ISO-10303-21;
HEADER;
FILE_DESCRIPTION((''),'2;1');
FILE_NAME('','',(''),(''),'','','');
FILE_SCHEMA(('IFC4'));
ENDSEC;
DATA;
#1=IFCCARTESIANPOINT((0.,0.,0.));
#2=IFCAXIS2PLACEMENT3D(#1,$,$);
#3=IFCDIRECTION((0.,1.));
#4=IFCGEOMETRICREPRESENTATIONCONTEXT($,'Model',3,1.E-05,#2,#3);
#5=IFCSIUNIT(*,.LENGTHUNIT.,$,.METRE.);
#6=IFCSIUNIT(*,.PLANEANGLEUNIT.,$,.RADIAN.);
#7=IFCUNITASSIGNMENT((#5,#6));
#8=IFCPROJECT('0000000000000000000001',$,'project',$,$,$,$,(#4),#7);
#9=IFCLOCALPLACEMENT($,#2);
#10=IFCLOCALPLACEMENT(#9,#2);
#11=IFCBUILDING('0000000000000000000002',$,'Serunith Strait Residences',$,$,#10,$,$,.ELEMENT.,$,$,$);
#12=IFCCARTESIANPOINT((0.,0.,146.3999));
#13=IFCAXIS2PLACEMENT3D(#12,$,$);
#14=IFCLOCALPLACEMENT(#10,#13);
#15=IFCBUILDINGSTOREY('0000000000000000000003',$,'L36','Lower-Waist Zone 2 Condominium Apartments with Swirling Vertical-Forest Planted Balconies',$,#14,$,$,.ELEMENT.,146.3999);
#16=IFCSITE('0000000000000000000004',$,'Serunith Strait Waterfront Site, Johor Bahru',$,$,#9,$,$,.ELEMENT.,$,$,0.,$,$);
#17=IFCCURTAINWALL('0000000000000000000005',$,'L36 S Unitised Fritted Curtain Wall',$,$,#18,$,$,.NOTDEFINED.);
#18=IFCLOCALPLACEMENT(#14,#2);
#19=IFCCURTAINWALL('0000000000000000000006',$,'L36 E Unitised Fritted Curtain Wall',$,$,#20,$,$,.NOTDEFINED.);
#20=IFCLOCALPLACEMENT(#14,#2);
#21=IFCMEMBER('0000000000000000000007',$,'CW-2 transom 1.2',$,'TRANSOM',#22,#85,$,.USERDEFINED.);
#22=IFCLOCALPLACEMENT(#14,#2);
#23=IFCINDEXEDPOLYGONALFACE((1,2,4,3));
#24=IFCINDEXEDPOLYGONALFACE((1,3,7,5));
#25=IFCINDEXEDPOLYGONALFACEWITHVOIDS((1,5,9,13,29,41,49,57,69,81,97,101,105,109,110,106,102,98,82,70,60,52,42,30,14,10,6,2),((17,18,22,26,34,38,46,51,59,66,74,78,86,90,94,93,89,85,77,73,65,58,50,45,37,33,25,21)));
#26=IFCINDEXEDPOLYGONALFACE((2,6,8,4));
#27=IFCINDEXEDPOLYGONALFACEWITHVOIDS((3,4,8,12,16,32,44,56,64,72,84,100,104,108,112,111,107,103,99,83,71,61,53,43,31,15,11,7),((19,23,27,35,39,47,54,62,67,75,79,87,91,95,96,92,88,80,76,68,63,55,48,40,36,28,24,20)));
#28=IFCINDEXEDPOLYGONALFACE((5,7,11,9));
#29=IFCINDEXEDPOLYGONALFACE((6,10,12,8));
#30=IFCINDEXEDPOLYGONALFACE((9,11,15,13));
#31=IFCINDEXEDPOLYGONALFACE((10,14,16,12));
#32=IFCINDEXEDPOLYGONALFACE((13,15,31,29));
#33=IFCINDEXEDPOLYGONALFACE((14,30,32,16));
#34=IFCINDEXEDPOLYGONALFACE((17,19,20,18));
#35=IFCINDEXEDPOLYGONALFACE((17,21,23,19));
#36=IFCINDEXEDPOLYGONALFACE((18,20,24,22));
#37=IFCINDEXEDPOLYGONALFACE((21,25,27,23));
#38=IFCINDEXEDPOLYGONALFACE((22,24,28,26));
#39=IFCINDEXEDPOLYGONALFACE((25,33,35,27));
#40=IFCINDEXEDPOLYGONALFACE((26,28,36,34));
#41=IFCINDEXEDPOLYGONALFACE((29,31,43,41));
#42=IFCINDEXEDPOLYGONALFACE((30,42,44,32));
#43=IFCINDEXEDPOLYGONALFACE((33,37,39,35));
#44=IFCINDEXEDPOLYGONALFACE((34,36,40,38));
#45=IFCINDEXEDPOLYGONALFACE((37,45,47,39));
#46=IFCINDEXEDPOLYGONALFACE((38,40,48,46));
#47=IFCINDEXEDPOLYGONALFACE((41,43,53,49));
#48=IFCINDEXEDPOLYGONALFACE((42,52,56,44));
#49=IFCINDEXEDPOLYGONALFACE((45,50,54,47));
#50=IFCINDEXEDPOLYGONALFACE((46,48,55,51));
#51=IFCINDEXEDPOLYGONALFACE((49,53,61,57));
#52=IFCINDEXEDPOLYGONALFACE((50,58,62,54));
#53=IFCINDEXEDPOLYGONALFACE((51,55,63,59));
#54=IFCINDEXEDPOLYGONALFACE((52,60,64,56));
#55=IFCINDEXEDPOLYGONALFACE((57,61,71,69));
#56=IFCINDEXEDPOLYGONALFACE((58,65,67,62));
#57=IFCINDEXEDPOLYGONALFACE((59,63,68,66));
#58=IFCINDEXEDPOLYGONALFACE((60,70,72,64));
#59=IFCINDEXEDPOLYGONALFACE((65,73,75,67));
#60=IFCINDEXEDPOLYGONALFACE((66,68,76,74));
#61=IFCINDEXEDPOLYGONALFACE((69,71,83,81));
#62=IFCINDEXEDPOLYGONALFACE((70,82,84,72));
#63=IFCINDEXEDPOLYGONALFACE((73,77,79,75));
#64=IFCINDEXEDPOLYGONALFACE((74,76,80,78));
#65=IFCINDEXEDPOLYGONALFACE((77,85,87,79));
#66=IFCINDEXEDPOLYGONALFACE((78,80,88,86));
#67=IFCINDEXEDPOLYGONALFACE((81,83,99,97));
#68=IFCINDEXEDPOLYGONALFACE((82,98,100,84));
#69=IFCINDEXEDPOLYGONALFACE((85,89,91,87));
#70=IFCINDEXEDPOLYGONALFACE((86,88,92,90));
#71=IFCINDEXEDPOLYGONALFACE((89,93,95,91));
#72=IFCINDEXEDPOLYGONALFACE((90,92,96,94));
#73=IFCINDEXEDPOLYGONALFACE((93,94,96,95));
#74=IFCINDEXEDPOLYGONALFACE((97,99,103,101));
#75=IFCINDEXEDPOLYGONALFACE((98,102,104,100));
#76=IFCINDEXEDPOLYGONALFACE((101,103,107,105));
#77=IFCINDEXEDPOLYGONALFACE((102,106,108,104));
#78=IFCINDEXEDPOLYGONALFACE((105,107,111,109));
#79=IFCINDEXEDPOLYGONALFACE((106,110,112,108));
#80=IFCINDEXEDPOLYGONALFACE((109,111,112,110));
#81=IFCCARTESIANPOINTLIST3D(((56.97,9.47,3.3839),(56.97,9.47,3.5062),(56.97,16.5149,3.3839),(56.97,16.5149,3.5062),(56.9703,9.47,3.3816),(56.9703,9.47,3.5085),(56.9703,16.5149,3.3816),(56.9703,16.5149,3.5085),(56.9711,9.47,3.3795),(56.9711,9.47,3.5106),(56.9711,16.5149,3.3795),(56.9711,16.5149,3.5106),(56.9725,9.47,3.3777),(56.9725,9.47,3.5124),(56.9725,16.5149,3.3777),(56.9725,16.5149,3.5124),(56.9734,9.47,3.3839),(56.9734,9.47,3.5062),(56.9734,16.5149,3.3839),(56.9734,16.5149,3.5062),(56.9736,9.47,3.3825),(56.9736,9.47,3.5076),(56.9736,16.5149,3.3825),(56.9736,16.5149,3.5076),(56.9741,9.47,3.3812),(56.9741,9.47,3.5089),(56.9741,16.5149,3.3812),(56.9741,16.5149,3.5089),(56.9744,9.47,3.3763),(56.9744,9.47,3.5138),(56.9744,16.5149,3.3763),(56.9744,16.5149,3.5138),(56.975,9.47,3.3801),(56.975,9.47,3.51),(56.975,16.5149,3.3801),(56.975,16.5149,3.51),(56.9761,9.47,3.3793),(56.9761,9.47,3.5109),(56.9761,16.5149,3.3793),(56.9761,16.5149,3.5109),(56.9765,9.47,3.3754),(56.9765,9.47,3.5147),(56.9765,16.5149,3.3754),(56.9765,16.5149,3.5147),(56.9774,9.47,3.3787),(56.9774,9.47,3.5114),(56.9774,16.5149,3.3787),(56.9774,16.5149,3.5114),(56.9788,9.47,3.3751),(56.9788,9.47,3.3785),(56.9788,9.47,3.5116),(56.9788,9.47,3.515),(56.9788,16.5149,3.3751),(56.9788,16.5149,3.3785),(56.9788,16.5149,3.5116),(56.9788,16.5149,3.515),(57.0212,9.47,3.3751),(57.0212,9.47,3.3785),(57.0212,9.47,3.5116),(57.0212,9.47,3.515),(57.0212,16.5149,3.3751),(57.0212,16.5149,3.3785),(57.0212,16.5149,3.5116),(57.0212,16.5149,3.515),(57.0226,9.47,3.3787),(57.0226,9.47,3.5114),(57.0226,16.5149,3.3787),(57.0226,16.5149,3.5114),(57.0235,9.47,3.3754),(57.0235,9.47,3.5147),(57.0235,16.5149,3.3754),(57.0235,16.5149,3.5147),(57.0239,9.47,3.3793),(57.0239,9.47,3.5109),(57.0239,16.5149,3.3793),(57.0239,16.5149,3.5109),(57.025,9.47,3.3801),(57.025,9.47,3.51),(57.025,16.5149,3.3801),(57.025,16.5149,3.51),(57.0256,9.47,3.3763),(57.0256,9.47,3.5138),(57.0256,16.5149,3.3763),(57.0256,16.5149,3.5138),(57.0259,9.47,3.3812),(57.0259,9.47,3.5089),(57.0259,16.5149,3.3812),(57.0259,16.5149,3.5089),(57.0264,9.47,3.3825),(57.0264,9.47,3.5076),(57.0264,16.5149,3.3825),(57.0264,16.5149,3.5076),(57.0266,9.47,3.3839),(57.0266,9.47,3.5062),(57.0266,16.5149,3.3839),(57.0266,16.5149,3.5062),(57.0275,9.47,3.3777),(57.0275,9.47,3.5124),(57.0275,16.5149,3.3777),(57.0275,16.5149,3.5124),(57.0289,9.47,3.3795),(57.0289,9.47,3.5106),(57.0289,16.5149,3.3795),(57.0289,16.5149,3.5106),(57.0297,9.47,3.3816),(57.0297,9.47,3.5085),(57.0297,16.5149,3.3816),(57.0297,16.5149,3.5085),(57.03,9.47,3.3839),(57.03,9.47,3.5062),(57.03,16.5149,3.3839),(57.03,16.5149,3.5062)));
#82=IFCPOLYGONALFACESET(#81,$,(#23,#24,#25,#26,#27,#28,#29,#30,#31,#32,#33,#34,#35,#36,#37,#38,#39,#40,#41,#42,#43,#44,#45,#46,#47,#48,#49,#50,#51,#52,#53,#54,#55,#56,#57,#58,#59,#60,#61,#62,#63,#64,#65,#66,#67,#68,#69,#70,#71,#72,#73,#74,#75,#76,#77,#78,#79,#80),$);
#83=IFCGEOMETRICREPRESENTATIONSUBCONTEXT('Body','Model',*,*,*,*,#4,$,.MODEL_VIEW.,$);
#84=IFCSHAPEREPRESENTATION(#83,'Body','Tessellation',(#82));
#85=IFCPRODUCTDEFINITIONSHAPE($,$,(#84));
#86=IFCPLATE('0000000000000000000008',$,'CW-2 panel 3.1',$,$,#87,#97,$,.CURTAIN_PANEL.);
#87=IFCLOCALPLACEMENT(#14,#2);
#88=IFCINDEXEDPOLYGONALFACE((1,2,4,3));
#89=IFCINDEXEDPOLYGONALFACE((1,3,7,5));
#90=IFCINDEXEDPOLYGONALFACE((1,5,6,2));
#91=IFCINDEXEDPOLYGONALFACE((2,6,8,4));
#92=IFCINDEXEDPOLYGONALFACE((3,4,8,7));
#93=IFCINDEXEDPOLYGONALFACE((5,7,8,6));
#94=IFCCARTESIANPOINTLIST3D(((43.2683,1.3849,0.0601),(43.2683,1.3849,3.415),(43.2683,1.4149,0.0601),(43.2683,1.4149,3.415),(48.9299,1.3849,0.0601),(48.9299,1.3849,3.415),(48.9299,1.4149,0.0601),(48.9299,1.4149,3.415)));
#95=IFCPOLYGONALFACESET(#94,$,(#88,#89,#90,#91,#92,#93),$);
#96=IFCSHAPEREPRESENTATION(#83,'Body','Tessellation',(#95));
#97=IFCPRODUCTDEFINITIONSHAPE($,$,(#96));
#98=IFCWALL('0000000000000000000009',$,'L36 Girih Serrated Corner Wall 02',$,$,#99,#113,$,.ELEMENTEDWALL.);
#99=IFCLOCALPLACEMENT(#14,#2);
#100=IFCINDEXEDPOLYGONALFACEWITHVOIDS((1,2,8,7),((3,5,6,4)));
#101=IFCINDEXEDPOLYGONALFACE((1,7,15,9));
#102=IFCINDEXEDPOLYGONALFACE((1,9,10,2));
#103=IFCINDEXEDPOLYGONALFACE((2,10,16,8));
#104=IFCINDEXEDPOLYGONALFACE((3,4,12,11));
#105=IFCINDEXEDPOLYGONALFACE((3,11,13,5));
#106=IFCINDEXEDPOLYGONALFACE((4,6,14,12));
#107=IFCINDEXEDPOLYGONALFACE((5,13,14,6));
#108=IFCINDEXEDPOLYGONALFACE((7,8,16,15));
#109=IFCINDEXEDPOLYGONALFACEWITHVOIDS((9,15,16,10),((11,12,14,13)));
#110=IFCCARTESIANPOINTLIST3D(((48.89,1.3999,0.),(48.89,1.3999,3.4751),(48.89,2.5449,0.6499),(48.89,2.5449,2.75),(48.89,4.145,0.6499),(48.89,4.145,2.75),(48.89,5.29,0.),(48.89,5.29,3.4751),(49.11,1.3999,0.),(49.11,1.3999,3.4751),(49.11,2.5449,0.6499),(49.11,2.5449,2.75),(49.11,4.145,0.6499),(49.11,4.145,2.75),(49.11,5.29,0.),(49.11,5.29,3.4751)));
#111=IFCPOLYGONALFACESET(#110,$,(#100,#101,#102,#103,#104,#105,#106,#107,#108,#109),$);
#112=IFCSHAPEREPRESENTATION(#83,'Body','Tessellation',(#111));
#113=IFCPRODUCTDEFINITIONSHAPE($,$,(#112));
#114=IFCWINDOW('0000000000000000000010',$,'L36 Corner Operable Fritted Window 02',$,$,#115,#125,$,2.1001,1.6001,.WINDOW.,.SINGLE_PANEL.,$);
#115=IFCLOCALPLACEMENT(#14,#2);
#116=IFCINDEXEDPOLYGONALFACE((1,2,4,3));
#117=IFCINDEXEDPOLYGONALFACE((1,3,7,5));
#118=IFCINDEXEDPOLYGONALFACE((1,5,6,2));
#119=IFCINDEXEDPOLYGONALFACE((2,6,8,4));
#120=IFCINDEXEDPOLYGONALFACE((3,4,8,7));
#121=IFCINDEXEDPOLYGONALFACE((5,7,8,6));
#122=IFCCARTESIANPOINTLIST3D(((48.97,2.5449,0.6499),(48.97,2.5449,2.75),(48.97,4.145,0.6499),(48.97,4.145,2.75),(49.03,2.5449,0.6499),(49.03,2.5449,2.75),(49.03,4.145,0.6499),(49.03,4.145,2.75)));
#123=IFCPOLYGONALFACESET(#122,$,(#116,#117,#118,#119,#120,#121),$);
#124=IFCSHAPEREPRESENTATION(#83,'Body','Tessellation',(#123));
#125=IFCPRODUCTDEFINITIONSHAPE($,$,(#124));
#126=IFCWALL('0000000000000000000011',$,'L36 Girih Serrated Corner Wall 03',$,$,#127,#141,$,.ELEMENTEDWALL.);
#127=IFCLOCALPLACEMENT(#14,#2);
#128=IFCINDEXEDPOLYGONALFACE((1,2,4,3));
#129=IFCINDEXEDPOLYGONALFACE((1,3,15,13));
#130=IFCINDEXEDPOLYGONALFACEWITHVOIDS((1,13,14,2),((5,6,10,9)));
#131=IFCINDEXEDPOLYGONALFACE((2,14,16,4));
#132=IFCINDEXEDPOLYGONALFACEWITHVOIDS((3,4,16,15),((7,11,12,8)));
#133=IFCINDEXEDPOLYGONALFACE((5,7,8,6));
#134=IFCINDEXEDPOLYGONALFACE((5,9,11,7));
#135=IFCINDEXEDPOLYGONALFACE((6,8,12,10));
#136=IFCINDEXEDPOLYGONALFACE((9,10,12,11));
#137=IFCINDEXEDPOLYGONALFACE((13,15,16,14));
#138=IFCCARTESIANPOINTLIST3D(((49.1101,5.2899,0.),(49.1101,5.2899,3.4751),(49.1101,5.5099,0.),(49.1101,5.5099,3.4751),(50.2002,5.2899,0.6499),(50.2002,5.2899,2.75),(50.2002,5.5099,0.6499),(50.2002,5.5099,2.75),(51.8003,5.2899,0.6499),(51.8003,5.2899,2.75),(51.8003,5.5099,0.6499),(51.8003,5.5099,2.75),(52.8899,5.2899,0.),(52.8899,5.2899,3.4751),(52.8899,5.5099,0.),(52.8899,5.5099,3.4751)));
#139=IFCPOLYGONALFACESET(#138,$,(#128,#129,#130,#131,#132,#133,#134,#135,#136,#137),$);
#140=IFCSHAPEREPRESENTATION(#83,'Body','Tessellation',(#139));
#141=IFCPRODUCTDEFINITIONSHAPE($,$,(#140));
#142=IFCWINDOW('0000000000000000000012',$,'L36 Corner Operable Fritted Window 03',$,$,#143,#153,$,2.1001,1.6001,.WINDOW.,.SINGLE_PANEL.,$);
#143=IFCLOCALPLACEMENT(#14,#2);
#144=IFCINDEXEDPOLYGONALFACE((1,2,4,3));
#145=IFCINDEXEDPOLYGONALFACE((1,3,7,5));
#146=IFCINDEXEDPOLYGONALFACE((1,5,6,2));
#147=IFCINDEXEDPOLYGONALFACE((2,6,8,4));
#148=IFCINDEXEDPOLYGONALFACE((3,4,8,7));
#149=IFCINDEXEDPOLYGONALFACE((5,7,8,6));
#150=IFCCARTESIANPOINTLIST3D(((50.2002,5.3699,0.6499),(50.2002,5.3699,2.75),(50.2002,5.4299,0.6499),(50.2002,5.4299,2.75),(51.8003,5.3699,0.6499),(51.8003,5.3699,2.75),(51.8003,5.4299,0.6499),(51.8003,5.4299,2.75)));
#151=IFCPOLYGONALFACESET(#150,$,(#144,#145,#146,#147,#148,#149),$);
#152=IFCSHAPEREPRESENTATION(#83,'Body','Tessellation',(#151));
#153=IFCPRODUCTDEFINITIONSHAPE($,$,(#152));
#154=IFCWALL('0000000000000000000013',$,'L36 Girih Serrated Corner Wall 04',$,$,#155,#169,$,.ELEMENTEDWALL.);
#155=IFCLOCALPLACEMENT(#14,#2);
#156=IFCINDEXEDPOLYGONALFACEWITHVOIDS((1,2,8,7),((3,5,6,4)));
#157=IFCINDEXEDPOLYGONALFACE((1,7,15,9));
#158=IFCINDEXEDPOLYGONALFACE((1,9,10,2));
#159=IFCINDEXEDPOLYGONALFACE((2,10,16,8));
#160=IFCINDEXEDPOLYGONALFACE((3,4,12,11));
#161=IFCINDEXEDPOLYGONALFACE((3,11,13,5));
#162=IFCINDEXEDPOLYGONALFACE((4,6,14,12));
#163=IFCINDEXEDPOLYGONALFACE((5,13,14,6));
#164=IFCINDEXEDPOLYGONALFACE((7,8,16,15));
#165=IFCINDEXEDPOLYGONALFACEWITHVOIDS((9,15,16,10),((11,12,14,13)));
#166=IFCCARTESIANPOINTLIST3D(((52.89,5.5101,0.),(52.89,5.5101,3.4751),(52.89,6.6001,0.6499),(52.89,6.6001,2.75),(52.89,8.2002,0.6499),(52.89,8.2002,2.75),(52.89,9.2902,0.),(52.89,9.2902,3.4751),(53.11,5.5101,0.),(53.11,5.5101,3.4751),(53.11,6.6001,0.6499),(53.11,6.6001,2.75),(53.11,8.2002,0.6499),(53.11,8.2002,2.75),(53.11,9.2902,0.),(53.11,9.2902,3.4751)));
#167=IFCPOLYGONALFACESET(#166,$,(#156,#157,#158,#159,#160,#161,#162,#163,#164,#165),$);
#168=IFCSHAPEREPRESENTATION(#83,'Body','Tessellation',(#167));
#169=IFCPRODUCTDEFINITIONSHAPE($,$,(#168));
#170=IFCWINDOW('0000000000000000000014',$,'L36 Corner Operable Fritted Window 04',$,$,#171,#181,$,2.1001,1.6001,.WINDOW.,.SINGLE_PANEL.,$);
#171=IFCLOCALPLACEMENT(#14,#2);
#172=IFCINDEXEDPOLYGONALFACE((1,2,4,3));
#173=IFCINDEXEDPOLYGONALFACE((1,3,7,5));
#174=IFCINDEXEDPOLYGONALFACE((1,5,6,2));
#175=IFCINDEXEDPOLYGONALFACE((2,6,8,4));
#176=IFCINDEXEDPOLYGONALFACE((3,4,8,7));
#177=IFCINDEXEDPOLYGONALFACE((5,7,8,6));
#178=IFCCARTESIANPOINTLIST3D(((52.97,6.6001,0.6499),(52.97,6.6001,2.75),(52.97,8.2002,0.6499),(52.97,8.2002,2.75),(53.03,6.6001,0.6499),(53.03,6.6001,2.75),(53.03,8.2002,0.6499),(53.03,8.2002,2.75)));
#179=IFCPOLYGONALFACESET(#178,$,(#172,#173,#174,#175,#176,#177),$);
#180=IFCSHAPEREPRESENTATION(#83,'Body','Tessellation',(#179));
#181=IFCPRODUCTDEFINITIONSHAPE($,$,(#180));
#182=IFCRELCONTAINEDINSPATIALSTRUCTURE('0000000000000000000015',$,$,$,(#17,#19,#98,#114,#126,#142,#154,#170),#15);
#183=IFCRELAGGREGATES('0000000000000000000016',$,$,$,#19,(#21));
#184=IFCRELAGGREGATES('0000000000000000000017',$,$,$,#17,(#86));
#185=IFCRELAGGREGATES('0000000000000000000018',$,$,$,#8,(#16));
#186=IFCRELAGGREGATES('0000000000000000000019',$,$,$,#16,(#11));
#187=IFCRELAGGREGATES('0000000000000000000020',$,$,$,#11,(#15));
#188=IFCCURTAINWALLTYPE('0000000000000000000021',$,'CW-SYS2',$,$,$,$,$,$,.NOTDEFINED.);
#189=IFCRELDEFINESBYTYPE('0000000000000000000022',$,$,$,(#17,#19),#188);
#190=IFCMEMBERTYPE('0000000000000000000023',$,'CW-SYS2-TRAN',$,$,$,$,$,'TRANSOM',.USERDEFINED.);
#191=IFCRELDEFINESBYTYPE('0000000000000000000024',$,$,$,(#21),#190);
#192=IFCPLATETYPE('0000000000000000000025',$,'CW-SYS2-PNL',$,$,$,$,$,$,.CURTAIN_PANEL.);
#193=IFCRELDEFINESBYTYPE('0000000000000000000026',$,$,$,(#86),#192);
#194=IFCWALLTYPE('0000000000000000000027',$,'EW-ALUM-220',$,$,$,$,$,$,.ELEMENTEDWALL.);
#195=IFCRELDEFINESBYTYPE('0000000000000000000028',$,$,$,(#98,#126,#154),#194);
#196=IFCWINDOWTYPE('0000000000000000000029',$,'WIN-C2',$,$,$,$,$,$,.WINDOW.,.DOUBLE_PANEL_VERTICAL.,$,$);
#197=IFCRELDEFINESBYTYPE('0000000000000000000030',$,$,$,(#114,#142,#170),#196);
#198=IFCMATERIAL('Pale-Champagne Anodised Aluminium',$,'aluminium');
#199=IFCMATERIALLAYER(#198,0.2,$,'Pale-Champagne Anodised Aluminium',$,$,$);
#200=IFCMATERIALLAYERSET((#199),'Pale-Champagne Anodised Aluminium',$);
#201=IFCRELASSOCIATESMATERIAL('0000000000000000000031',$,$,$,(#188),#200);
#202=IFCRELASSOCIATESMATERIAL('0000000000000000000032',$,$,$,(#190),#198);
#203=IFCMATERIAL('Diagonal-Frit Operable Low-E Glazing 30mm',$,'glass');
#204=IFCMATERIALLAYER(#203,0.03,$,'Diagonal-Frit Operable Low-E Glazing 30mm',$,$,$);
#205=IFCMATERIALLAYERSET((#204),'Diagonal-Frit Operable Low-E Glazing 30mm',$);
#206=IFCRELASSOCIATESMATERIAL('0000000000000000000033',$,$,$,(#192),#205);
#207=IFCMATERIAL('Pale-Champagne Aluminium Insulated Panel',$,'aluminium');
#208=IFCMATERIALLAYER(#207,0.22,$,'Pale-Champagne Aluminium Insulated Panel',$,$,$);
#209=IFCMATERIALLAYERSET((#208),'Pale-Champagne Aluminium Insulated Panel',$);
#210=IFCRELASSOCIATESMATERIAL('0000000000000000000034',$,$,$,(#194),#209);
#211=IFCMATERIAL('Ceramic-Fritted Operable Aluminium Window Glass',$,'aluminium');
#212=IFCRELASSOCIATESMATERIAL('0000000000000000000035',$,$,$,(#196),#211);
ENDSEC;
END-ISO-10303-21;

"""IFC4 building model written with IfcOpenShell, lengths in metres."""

from ifc_helpers import new_model, si_unit, direction, frame, frame_2d, origin, origin_2d, place, context, subcontext, project, spatial, rectangle, hollow_rectangle, extrude, source, transform, mapped, material, layer, layer_set, material_profile, profile_set, type_object, element, fill, aggregate, save


model = new_model("IFC4")

# Units and contexts
model_context = context("Model", 3, precision=1e-05, world=origin(), true_north=direction((0.0, 1.0)))
body_context = subcontext(model_context, "Body", "Model", "MODEL_VIEW")
ifc_project = project(units=[si_unit("LENGTHUNIT", "METRE"), si_unit("PLANEANGLEUNIT", "RADIAN")], contexts=[model_context])

# Site, building, storey
site_placement = place(None, origin())
site = spatial("IfcSite", under=ifc_project, at=site_placement, Name="Serunith Strait Waterfront Site, Johor Bahru", CompositionType="ELEMENT", RefElevation=0.0)
building_placement = place(site_placement, origin())
building = spatial("IfcBuilding", under=site, at=building_placement, Name="Serunith Strait Residences", CompositionType="ELEMENT")
storey_placement = place(building_placement, frame((0.0, 0.0, 146.3999)))
storey = spatial("IfcBuildingStorey", under=building, at=storey_placement, Name="L36", Description="Lower-Waist Zone 2 Condominium Apartments with Swirling Vertical-Forest Planted Balconies", CompositionType="ELEMENT", Elevation=146.3999)

# Curtain wall
ifc_material_1 = material(Name="Pale-Champagne Anodised Aluminium", Category="aluminium")
ifc_layer_1 = layer(ifc_material_1, 0.2, Name="Pale-Champagne Anodised Aluminium")
ifc_layer_set_1 = layer_set([ifc_layer_1], Name="Pale-Champagne Anodised Aluminium")
curtain_wall_type = type_object("IfcCurtainWallType", Name="CW-SYS2", PredefinedType="NOTDEFINED", material=ifc_layer_set_1)
curtain_wall_1_placement = place(storey_placement, origin())
curtain_wall_1 = element("IfcCurtainWall", 1, at=curtain_wall_1_placement, inside=storey, type_object=curtain_wall_type, Name="L36 S Unitised Fritted Curtain Wall", PredefinedType="NOTDEFINED")

# Curtain wall
curtain_wall_2_placement = place(storey_placement, origin())
curtain_wall_2 = element("IfcCurtainWall", 2, at=curtain_wall_2_placement, inside=storey, type_object=curtain_wall_type, Name="L36 E Unitised Fritted Curtain Wall", PredefinedType="NOTDEFINED")

# Member
ifc_material_profile_1 = material_profile(ifc_material_1, hollow_rectangle(XDim=0.0601, YDim=0.1399, WallThickness=0.0034, InnerFilletRadius=0.0054, OuterFilletRadius=0.0088, at=origin_2d()), Name="ALU 140x60x3.5")
ifc_profile_set_1 = profile_set([ifc_material_profile_1], Name="Pale-Champagne Anodised Aluminium")
member_type_1 = type_object("IfcMemberType", Name="CW-SYS2-TRAN", ElementType="TRANSOM", PredefinedType="USERDEFINED", material=ifc_profile_set_1)
shared_shape_1 = source(origin(), body_context, "Body", "SweptSolid", [
    extrude(hollow_rectangle(XDim=0.0601, YDim=0.1399, WallThickness=0.0034, InnerFilletRadius=0.0054, OuterFilletRadius=0.0088, at=origin_2d()), origin(), (0.0, 0.0, 1.0), 7.0449),
])
member_1_placement = place(storey_placement, frame((57.0, 9.47, 3.4451), z_axis=(0.0, 1.0, 0.0), x_axis=(-1.0, 0.0, 0.0)))
member_1 = element("IfcMember", 3, at=member_1_placement, type_object=member_type_1, Name="CW-2 transom 1.2", ObjectType="TRANSOM", PredefinedType="USERDEFINED", context=body_context, shape_type="MappedRepresentation", body=[
    mapped(shared_shape_1, transform((0.0, 0.0, 0.0), scale=1.0)),
])
aggregate(curtain_wall_2, [member_1])

# Plate
ifc_material_2 = material(Name="Diagonal-Frit Operable Low-E Glazing 30mm", Category="glass")
ifc_layer_2 = layer(ifc_material_2, 0.03, Name="Diagonal-Frit Operable Low-E Glazing 30mm")
ifc_layer_set_2 = layer_set([ifc_layer_2], Name="Diagonal-Frit Operable Low-E Glazing 30mm")
plate_type = type_object("IfcPlateType", Name="CW-SYS2-PNL", PredefinedType="CURTAIN_PANEL", material=ifc_layer_set_2)
shared_shape_2 = source(origin(), body_context, "Body", "SweptSolid", [
    extrude(rectangle(XDim=5.6616, YDim=0.03, at=origin_2d()), origin(), (0.0, 0.0, 1.0), 3.355),
])
plate_placement = place(storey_placement, frame((46.0991, 1.3999, 0.0601), z_axis=(0.0, 0.0, 1.0), x_axis=(1.0, 0.0, 0.0)))
plate = element("IfcPlate", 4, at=plate_placement, type_object=plate_type, Name="CW-2 panel 3.1", PredefinedType="CURTAIN_PANEL", context=body_context, shape_type="MappedRepresentation", body=[
    mapped(shared_shape_2, transform((0.0, 0.0, 0.0), scale=1.0)),
])
aggregate(curtain_wall_1, [plate])

# Walls, openings, windows
ifc_material_3 = material(Name="Pale-Champagne Aluminium Insulated Panel", Category="aluminium")
ifc_layer_3 = layer(ifc_material_3, 0.22, Name="Pale-Champagne Aluminium Insulated Panel")
ifc_layer_set_3 = layer_set([ifc_layer_3], Name="Pale-Champagne Aluminium Insulated Panel")
wall_type_1 = type_object("IfcWallType", Name="EW-ALUM-220", PredefinedType="ELEMENTEDWALL", material=ifc_layer_set_3)
wall_1_placement = place(storey_placement, frame((49.0, 1.3999, 0.0), z_axis=(0.0, 0.0, 1.0), x_axis=(0.0, 1.0, 0.0)))
wall_1 = element("IfcWall", 5, at=wall_1_placement, inside=storey, type_object=wall_type_1, Name="L36 Girih Serrated Corner Wall 02", PredefinedType="ELEMENTEDWALL", context=body_context, shape_type="SweptSolid", body=[
    extrude(rectangle(XDim=3.8901, YDim=0.22, at=frame_2d((1.9451, 0.0))), origin(), (0.0, 0.0, 1.0), 3.4751),
])
opening_1_placement = place(wall_1_placement, frame((1.145, 0.0, 0.6499)))
opening_1 = element("IfcOpeningElement", 6, at=opening_1_placement, cuts=wall_1, PredefinedType="OPENING", context=body_context, shape_type="SweptSolid", body=[
    extrude(rectangle(XDim=1.6001, YDim=2.1001, at=frame_2d((0.8, 1.05))), frame((0.0, 0.1201, 0.0), z_axis=(0.0, -1.0, 0.0), x_axis=(1.0, 0.0, 0.0)), (0.0, 0.0, 1.0), 0.24),
])
ifc_material_4 = material(Name="Ceramic-Fritted Operable Aluminium Window Glass", Category="aluminium")
window_type = type_object("IfcWindowType", Name="WIN-C2", PartitioningType="DOUBLE_PANEL_VERTICAL", PredefinedType="WINDOW", material=ifc_material_4)
shared_shape_3 = source(origin(), body_context, "Body", "SweptSolid", [
    extrude(rectangle(XDim=1.6001, YDim=2.1001, at=frame_2d((0.8, 1.05))), frame((0.0, 0.03, 0.0), z_axis=(0.0, -1.0, 0.0), x_axis=(1.0, 0.0, 0.0)), (0.0, 0.0, 1.0), 0.0601),
])
window_1_placement = place(opening_1_placement, origin())
window_1 = element("IfcWindow", 7, at=window_1_placement, inside=storey, type_object=window_type, Name="L36 Corner Operable Fritted Window 02", OverallHeight=2.1001, OverallWidth=1.6001, PartitioningType="SINGLE_PANEL", PredefinedType="WINDOW", context=body_context, shape_type="MappedRepresentation", body=[
    mapped(shared_shape_3, transform((0.0, 0.0, 0.0), scale=1.0)),
])
fill(opening_1, window_1)
wall_2_placement = place(storey_placement, frame((49.1101, 5.3999, 0.0), z_axis=(0.0, 0.0, 1.0), x_axis=(1.0, 0.0, 0.0)))
wall_2 = element("IfcWall", 8, at=wall_2_placement, inside=storey, type_object=wall_type_1, Name="L36 Girih Serrated Corner Wall 03", PredefinedType="ELEMENTEDWALL", context=body_context, shape_type="SweptSolid", body=[
    extrude(rectangle(XDim=3.7798, YDim=0.22, at=frame_2d((1.8899, 0.0))), origin(), (0.0, 0.0, 1.0), 3.4751),
])
opening_2_placement = place(wall_2_placement, frame((1.0901, 0.0, 0.6499)))
opening_2 = element("IfcOpeningElement", 9, at=opening_2_placement, cuts=wall_2, PredefinedType="OPENING", context=body_context, shape_type="SweptSolid", body=[
    extrude(rectangle(XDim=1.6001, YDim=2.1001, at=frame_2d((0.8, 1.05))), frame((0.0, 0.1201, 0.0), z_axis=(0.0, -1.0, 0.0), x_axis=(1.0, 0.0, 0.0)), (0.0, 0.0, 1.0), 0.24),
])
window_2_placement = place(opening_2_placement, origin())
window_2 = element("IfcWindow", 10, at=window_2_placement, inside=storey, type_object=window_type, Name="L36 Corner Operable Fritted Window 03", OverallHeight=2.1001, OverallWidth=1.6001, PartitioningType="SINGLE_PANEL", PredefinedType="WINDOW", context=body_context, shape_type="MappedRepresentation", body=[
    mapped(shared_shape_3, transform((0.0, 0.0, 0.0), scale=1.0)),
])
fill(opening_2, window_2)
wall_3_placement = place(storey_placement, frame((53.0, 5.51, 0.0), z_axis=(0.0, 0.0, 1.0), x_axis=(0.0, 1.0, 0.0)))
wall_3 = element("IfcWall", 11, at=wall_3_placement, inside=storey, type_object=wall_type_1, Name="L36 Girih Serrated Corner Wall 04", PredefinedType="ELEMENTEDWALL", context=body_context, shape_type="SweptSolid", body=[
    extrude(rectangle(XDim=3.78, YDim=0.22, at=frame_2d((1.8901, 0.0))), origin(), (0.0, 0.0, 1.0), 3.4751),
])
opening_3_placement = place(wall_3_placement, frame((1.0901, 0.0, 0.6499)))
opening_3 = element("IfcOpeningElement", 12, at=opening_3_placement, cuts=wall_3, PredefinedType="OPENING", context=body_context, shape_type="SweptSolid", body=[
    extrude(rectangle(XDim=1.6001, YDim=2.1001, at=frame_2d((0.8, 1.05))), frame((0.0, 0.1201, 0.0), z_axis=(0.0, -1.0, 0.0), x_axis=(1.0, 0.0, 0.0)), (0.0, 0.0, 1.0), 0.24),
])
window_3_placement = place(opening_3_placement, origin())
window_3 = element("IfcWindow", 13, at=window_3_placement, inside=storey, type_object=window_type, Name="L36 Corner Operable Fritted Window 04", OverallHeight=2.1001, OverallWidth=1.6001, PartitioningType="SINGLE_PANEL", PredefinedType="WINDOW", context=body_context, shape_type="MappedRepresentation", body=[
    mapped(shared_shape_3, transform((0.0, 0.0, 0.0), scale=1.0)),
])
fill(opening_3, window_3)

save(model, "model.ifc")
